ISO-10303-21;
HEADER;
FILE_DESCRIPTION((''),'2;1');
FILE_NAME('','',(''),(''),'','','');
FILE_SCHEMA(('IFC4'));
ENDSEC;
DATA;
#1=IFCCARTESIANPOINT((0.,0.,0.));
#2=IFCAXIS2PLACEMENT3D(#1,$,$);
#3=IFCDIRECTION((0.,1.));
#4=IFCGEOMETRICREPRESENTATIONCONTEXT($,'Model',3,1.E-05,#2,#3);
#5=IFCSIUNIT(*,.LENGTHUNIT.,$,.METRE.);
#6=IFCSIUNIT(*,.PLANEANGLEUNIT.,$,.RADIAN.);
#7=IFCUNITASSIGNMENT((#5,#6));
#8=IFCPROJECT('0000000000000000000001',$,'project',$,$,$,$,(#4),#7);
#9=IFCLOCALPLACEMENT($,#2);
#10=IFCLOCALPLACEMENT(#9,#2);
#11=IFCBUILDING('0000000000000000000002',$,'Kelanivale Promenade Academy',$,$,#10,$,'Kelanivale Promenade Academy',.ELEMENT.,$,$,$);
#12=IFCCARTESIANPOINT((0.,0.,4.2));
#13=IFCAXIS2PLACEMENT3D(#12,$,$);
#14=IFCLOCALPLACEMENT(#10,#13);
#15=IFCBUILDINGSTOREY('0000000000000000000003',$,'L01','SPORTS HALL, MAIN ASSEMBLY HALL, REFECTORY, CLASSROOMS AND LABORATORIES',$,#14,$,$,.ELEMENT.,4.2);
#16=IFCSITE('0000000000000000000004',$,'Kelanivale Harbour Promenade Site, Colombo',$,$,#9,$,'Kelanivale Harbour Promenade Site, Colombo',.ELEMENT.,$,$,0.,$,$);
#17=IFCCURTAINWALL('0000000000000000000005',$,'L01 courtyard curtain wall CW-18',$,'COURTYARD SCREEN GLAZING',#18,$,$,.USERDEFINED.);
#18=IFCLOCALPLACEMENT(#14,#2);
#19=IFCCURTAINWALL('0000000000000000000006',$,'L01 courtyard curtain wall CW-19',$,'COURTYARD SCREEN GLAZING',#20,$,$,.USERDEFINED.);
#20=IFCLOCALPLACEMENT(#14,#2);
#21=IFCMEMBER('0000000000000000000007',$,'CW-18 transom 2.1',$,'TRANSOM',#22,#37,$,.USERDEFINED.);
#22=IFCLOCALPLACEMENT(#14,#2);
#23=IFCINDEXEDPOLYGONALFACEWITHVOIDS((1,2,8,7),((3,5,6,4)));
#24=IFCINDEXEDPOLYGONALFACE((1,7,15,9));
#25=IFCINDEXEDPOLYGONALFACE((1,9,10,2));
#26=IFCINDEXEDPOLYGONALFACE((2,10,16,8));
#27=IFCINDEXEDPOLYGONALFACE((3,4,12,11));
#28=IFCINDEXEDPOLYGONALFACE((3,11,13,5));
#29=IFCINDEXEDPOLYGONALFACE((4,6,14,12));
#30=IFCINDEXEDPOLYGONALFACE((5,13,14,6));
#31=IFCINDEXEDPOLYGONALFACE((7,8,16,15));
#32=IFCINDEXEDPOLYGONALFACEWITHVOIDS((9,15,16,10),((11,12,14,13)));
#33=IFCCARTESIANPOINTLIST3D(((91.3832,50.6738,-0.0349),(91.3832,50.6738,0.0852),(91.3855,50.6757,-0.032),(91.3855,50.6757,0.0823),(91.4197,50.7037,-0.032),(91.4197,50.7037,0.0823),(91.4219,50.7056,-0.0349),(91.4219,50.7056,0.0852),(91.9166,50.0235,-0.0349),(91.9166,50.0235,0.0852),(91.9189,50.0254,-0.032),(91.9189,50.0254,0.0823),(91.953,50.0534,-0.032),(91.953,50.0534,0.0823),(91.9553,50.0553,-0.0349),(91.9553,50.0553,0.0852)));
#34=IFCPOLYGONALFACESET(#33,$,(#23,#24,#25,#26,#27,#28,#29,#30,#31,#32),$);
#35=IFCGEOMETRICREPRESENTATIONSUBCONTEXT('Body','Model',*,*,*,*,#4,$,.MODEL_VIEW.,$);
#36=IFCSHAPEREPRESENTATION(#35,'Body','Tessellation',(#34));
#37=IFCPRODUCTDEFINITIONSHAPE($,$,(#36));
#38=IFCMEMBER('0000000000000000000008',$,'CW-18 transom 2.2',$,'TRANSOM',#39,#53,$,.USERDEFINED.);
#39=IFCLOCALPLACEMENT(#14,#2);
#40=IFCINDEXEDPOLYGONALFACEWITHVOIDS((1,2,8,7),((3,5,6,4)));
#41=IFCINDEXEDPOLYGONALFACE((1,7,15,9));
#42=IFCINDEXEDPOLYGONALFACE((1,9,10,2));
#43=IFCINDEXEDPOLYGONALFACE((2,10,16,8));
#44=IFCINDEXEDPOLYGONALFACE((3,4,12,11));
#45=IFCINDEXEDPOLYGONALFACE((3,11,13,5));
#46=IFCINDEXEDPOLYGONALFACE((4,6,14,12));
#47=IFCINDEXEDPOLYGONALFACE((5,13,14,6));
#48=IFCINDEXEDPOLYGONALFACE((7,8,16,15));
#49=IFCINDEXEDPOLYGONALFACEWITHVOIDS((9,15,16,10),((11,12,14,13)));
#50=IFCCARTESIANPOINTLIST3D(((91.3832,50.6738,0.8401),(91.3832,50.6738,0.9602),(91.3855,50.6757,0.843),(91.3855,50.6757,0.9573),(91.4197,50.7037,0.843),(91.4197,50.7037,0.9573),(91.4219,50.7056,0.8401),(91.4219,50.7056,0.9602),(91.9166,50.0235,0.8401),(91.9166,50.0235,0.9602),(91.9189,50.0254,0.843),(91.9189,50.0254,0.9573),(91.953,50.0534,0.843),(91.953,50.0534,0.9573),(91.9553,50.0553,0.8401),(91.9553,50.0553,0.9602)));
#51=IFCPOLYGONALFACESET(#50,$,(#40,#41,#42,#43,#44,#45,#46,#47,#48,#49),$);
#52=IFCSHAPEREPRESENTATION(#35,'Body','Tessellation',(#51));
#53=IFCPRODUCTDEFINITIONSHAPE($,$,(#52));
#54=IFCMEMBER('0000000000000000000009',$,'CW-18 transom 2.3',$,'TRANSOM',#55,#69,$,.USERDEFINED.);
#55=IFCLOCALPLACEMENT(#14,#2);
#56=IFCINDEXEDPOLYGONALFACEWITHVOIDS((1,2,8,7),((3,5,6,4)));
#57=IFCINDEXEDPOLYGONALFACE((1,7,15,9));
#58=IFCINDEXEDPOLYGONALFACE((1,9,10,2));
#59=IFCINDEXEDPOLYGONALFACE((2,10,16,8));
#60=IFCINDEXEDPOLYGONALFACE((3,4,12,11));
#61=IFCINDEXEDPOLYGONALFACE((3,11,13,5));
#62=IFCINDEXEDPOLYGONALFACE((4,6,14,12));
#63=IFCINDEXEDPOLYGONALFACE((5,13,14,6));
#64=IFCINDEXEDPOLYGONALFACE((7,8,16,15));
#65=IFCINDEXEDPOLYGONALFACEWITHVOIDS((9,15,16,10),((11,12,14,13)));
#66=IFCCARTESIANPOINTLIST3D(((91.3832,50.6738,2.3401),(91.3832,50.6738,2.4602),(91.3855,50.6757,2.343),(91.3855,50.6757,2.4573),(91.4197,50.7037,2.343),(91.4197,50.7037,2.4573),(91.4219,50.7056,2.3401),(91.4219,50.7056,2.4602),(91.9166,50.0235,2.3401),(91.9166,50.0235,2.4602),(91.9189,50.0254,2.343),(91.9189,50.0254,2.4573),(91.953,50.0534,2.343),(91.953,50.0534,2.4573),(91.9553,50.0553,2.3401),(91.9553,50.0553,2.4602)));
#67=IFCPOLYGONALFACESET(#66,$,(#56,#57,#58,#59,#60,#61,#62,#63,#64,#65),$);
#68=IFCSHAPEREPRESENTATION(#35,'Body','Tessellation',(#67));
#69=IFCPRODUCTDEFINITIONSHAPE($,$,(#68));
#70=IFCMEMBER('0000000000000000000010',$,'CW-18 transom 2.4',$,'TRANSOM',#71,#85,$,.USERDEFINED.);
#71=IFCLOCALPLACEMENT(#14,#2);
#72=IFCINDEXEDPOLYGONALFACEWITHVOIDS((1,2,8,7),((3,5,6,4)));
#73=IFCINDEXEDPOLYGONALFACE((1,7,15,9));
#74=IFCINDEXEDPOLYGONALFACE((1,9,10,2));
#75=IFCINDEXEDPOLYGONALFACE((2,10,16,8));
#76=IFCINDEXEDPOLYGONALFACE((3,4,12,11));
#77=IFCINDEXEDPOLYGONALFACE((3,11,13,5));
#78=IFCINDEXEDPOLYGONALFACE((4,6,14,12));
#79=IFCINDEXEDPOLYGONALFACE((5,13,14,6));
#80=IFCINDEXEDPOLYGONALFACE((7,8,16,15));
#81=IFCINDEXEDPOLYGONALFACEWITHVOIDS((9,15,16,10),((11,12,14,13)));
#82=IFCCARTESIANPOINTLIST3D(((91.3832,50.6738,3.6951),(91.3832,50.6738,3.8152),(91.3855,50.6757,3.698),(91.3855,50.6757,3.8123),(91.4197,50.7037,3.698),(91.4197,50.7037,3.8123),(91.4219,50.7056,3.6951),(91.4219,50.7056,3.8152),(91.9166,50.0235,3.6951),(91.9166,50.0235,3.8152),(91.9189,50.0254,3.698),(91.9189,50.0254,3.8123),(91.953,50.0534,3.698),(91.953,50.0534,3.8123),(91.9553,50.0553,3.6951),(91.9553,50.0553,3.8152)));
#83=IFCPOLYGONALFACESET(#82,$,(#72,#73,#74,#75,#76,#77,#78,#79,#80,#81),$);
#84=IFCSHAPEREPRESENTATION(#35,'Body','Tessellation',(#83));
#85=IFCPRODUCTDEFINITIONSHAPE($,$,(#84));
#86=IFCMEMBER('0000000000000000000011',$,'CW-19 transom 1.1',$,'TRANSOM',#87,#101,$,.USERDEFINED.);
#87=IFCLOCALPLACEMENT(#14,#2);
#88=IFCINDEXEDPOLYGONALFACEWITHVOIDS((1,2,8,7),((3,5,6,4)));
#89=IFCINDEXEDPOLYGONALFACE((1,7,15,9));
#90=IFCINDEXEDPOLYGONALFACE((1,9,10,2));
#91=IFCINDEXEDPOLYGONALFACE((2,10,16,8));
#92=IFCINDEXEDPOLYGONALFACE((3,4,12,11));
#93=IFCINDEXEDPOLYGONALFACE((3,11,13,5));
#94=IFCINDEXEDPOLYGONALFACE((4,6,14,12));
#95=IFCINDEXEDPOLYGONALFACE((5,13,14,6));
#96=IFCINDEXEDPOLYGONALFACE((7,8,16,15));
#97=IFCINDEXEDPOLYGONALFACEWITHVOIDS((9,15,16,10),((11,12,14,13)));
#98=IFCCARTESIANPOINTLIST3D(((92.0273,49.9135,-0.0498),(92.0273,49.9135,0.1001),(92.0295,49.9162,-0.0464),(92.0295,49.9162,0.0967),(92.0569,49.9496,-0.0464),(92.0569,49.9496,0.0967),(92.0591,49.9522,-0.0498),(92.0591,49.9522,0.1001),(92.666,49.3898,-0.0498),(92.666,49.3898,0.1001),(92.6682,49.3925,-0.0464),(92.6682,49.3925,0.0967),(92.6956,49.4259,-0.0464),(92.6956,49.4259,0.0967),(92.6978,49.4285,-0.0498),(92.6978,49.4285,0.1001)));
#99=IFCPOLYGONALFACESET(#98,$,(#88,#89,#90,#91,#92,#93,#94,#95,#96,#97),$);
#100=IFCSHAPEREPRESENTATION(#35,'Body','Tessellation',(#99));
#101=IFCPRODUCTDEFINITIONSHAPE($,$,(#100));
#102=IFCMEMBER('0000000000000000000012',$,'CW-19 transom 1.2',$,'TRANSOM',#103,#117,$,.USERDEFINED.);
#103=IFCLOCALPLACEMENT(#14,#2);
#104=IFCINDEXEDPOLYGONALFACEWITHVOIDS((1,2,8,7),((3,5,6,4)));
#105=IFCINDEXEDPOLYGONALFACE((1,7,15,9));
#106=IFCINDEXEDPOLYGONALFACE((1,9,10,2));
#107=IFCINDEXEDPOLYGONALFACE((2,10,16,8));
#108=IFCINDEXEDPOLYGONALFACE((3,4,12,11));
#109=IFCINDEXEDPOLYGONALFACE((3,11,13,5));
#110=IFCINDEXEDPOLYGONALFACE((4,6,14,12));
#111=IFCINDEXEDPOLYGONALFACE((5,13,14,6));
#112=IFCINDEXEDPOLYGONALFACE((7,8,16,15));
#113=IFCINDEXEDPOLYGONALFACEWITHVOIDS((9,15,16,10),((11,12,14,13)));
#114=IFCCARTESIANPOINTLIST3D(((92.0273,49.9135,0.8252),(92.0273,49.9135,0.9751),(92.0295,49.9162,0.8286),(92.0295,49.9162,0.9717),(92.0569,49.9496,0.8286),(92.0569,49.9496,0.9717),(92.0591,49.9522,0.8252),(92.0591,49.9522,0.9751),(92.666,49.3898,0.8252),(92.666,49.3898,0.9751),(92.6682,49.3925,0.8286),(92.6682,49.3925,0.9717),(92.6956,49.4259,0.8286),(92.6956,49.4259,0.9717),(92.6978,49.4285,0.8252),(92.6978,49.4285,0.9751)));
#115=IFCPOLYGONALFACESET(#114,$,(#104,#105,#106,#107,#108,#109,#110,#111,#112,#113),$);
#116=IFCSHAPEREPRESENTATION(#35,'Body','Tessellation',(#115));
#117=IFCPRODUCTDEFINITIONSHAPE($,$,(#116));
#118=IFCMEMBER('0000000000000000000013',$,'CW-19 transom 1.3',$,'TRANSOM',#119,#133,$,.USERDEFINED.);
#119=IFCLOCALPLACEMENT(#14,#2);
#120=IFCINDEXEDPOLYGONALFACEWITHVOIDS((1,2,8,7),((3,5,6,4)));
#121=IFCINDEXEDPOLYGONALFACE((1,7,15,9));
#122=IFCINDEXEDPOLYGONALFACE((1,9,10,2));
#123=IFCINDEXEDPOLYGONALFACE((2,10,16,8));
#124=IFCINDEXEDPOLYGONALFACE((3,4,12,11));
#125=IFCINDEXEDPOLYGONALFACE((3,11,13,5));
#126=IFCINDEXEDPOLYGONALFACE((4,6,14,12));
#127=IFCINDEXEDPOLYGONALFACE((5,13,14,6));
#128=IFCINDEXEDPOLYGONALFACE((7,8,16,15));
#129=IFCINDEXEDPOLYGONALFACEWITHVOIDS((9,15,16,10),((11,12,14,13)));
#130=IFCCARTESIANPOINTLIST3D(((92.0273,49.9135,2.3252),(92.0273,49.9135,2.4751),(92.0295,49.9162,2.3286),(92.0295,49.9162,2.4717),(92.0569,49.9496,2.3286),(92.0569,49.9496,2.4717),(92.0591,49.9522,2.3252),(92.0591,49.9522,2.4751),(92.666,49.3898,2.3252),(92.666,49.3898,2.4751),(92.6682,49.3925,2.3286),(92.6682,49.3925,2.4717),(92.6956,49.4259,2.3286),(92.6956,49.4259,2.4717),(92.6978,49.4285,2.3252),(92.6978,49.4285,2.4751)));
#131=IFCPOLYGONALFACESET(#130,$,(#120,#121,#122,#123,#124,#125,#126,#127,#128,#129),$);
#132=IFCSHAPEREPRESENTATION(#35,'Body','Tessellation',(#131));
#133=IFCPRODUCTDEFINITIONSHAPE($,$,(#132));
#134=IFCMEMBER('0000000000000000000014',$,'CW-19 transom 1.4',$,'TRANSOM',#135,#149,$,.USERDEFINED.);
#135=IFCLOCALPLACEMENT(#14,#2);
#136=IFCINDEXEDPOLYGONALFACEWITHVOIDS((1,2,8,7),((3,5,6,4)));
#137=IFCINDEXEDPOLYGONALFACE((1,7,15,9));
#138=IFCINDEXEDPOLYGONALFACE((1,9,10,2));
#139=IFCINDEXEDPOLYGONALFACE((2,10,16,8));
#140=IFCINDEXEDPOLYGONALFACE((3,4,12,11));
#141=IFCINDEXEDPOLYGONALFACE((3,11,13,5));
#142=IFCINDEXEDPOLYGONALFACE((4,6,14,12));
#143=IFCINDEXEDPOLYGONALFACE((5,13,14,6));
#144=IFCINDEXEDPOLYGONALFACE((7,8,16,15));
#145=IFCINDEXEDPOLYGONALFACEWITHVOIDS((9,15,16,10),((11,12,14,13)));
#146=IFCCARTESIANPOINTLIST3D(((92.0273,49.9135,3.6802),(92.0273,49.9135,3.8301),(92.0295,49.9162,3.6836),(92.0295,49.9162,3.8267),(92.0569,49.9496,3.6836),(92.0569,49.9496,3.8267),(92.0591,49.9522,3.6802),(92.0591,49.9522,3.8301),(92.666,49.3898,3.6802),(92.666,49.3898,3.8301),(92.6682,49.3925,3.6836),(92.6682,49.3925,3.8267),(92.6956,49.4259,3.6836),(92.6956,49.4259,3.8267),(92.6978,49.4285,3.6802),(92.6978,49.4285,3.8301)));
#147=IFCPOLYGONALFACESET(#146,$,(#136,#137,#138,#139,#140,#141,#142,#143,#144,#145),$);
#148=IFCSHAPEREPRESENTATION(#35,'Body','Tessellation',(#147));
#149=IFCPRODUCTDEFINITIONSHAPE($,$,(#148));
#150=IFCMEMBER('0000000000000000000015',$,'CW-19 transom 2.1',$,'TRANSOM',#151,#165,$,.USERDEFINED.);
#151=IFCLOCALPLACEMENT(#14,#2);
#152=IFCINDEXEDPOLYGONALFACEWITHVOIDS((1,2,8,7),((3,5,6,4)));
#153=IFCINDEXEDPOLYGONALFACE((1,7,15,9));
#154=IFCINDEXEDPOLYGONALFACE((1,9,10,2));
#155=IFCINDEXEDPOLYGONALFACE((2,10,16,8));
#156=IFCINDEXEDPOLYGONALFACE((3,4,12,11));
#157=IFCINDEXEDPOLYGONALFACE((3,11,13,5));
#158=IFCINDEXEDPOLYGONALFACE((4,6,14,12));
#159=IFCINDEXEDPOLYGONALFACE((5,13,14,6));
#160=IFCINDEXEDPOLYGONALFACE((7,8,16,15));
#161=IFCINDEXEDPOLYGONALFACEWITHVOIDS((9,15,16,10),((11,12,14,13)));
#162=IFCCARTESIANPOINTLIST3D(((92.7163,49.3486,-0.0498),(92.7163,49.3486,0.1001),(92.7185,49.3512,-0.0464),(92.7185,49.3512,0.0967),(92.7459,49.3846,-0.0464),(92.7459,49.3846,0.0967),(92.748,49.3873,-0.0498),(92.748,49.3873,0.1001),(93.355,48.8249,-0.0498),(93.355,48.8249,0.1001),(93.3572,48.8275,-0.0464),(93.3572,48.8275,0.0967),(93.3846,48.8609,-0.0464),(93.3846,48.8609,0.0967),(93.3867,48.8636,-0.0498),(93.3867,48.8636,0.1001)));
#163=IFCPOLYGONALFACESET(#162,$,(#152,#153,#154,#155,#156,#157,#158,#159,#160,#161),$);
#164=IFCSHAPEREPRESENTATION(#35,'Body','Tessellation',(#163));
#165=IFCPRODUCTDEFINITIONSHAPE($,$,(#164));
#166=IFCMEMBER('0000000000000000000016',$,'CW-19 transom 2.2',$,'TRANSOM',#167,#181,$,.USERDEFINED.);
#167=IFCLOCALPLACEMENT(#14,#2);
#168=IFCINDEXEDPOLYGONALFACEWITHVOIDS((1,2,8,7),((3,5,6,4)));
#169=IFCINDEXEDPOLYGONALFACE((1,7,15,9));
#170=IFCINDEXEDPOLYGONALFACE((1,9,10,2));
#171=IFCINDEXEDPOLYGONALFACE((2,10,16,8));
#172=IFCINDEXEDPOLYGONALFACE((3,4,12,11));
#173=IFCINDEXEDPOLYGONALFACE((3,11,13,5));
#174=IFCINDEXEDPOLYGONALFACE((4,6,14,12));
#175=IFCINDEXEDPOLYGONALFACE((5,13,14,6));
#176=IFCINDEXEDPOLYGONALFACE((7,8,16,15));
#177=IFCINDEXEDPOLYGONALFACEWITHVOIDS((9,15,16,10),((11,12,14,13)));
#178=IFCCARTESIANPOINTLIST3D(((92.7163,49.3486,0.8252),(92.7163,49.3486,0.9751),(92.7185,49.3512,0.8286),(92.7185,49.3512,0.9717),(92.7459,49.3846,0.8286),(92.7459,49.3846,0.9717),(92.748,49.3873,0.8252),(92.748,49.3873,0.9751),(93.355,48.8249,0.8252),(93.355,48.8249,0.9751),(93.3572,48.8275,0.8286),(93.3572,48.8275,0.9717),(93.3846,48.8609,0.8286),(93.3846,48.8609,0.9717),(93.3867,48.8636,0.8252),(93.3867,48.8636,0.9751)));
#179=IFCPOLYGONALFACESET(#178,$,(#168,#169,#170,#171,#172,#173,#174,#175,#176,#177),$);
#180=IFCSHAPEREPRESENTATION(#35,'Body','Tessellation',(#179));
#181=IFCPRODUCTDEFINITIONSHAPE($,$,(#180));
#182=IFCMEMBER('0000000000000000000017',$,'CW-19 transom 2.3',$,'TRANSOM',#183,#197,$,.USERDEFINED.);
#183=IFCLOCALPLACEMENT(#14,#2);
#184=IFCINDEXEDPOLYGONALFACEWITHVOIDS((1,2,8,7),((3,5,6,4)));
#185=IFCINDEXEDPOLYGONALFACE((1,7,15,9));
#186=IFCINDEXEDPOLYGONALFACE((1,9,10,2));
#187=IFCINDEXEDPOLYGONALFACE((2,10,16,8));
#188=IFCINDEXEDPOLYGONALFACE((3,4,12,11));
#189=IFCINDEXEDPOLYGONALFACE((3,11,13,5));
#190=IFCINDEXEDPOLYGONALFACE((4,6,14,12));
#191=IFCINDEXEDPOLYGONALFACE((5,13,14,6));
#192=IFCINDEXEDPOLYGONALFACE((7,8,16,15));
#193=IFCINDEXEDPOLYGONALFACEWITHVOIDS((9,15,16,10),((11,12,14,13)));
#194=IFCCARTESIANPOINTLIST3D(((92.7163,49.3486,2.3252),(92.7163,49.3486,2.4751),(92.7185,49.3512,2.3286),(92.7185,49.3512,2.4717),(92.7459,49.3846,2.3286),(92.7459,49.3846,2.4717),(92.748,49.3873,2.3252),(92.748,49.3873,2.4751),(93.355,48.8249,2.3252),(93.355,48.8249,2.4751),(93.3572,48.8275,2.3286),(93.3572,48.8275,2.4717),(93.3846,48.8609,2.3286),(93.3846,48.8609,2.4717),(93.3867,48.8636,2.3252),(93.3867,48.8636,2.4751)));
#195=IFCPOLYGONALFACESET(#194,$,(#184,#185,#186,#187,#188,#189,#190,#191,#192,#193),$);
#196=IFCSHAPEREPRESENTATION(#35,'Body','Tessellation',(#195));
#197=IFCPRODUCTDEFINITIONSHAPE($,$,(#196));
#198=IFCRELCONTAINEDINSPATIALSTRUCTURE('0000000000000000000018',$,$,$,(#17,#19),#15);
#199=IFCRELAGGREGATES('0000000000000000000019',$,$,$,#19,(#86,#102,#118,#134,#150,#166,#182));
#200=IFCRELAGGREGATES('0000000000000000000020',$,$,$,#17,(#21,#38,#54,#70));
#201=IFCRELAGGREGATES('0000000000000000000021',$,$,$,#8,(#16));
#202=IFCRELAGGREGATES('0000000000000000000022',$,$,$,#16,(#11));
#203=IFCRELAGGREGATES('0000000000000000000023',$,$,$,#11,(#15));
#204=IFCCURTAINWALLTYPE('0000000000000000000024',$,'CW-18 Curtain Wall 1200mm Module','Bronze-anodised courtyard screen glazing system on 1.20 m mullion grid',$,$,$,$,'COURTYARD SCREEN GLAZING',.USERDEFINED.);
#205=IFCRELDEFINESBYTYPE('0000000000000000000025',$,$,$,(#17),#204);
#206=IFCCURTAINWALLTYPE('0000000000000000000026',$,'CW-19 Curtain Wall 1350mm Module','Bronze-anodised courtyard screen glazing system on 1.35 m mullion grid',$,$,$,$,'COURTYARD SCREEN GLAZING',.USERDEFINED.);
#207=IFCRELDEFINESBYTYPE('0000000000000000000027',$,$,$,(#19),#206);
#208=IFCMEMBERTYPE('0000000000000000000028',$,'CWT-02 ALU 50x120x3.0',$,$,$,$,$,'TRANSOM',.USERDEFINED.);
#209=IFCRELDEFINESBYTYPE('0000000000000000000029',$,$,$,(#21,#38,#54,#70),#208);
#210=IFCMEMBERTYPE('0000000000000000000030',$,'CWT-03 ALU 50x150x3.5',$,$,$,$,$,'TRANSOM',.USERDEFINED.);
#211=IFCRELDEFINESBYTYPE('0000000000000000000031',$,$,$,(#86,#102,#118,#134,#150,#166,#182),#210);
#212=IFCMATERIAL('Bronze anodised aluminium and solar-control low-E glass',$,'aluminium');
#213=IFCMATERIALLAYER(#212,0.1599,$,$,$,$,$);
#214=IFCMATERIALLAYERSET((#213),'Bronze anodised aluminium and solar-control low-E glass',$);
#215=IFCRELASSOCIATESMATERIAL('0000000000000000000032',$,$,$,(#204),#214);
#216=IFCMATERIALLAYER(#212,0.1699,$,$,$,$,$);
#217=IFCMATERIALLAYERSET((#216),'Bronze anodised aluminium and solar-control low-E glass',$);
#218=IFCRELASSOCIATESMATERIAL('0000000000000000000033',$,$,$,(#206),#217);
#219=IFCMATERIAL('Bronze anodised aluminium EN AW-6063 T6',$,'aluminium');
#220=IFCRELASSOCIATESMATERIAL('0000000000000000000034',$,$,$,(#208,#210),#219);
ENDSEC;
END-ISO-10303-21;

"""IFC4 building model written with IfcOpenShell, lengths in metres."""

from ifc_helpers import new_model, si_unit, direction, frame, origin, origin_2d, place, context, subcontext, project, spatial, hollow_rectangle, extrude, material, layer, layer_set, material_profile, profile_set, type_object, element, aggregate, save


model = new_model("IFC4")

# Units and contexts
model_context = context("Model", 3, precision=1e-05, world=origin(), true_north=direction((0.0, 1.0)))
body_context = subcontext(model_context, "Body", "Model", "MODEL_VIEW")
ifc_project = project(units=[si_unit("LENGTHUNIT", "METRE"), si_unit("PLANEANGLEUNIT", "RADIAN")], contexts=[model_context])

# Site, building, storey
site_placement = place(None, origin())
site = spatial("IfcSite", under=ifc_project, at=site_placement, Name="Kelanivale Harbour Promenade Site, Colombo", LongName="Kelanivale Harbour Promenade Site, Colombo", CompositionType="ELEMENT", RefElevation=0.0)
building_placement = place(site_placement, origin())
building = spatial("IfcBuilding", under=site, at=building_placement, Name="Kelanivale Promenade Academy", LongName="Kelanivale Promenade Academy", CompositionType="ELEMENT")
storey_placement = place(building_placement, frame((0.0, 0.0, 4.2)))
storey = spatial("IfcBuildingStorey", under=building, at=storey_placement, Name="L01", Description="SPORTS HALL, MAIN ASSEMBLY HALL, REFECTORY, CLASSROOMS AND LABORATORIES", CompositionType="ELEMENT", Elevation=4.2)

# Shared definitions
ifc_material_1 = material(Name="Bronze anodised aluminium and solar-control low-E glass", Category="aluminium")
ifc_material_2 = material(Name="Bronze anodised aluminium EN AW-6063 T6", Category="aluminium")

# Curtain walls
ifc_layer_1 = layer(ifc_material_1, 0.1599)
ifc_layer_set_1 = layer_set([ifc_layer_1], Name="Bronze anodised aluminium and solar-control low-E glass")
curtain_wall_type_1 = type_object("IfcCurtainWallType", Name="CW-18 Curtain Wall 1200mm Module", Description="Bronze-anodised courtyard screen glazing system on 1.20 m mullion grid", ElementType="COURTYARD SCREEN GLAZING", PredefinedType="USERDEFINED", material=ifc_layer_set_1)
curtain_wall_1_placement = place(storey_placement, origin())
curtain_wall_1 = element("IfcCurtainWall", 1, at=curtain_wall_1_placement, inside=storey, type_object=curtain_wall_type_1, Name="L01 courtyard curtain wall CW-18", ObjectType="COURTYARD SCREEN GLAZING", PredefinedType="USERDEFINED")
ifc_layer_2 = layer(ifc_material_1, 0.1699)
ifc_layer_set_2 = layer_set([ifc_layer_2], Name="Bronze anodised aluminium and solar-control low-E glass")
curtain_wall_type_2 = type_object("IfcCurtainWallType", Name="CW-19 Curtain Wall 1350mm Module", Description="Bronze-anodised courtyard screen glazing system on 1.35 m mullion grid", ElementType="COURTYARD SCREEN GLAZING", PredefinedType="USERDEFINED", material=ifc_layer_set_2)
curtain_wall_2_placement = place(storey_placement, origin())
curtain_wall_2 = element("IfcCurtainWall", 2, at=curtain_wall_2_placement, inside=storey, type_object=curtain_wall_type_2, Name="L01 courtyard curtain wall CW-19", ObjectType="COURTYARD SCREEN GLAZING", PredefinedType="USERDEFINED")

# Members
ifc_material_profile_1 = material_profile(ifc_material_2, hollow_rectangle(XDim=0.05, YDim=0.1201, WallThickness=0.0029, at=origin_2d()), Name="ALU 50x120x3.0")
ifc_profile_set_1 = profile_set([ifc_material_profile_1], Name="Bronze anodised aluminium EN AW-6063 T6")
member_type_1 = type_object("IfcMemberType", Name="CWT-02 ALU 50x120x3.0", ElementType="TRANSOM", PredefinedType="USERDEFINED", material=ifc_profile_set_1)
member_1_placement = place(storey_placement, frame((91.4026, 50.6897, 0.0251), z_axis=(0.63417, -0.773194, 0.0), x_axis=(0.773194, 0.63417, 0.0)))
member_1 = element("IfcMember", 3, at=member_1_placement, type_object=member_type_1, Name="CW-18 transom 2.1", ObjectType="TRANSOM", PredefinedType="USERDEFINED", context=body_context, shape_type="SweptSolid", body=[
    extrude(hollow_rectangle(XDim=0.05, YDim=0.1201, WallThickness=0.0029, at=origin_2d()), origin(), (0.0, 0.0, 1.0), 0.8411),
])
member_2_placement = place(storey_placement, frame((91.4026, 50.6897, 0.9001), z_axis=(0.63417, -0.773194, 0.0), x_axis=(0.773194, 0.63417, 0.0)))
member_2 = element("IfcMember", 4, at=member_2_placement, type_object=member_type_1, Name="CW-18 transom 2.2", ObjectType="TRANSOM", PredefinedType="USERDEFINED", context=body_context, shape_type="SweptSolid", body=[
    extrude(hollow_rectangle(XDim=0.05, YDim=0.1201, WallThickness=0.0029, at=origin_2d()), origin(), (0.0, 0.0, 1.0), 0.8411),
])
member_3_placement = place(storey_placement, frame((91.4026, 50.6897, 2.4001), z_axis=(0.63417, -0.773194, 0.0), x_axis=(0.773194, 0.63417, 0.0)))
member_3 = element("IfcMember", 5, at=member_3_placement, type_object=member_type_1, Name="CW-18 transom 2.3", ObjectType="TRANSOM", PredefinedType="USERDEFINED", context=body_context, shape_type="SweptSolid", body=[
    extrude(hollow_rectangle(XDim=0.05, YDim=0.1201, WallThickness=0.0029, at=origin_2d()), origin(), (0.0, 0.0, 1.0), 0.8411),
])
member_4_placement = place(storey_placement, frame((91.4026, 50.6897, 3.7551), z_axis=(0.63417, -0.773194, 0.0), x_axis=(0.773194, 0.63417, 0.0)))
member_4 = element("IfcMember", 6, at=member_4_placement, type_object=member_type_1, Name="CW-18 transom 2.4", ObjectType="TRANSOM", PredefinedType="USERDEFINED", context=body_context, shape_type="SweptSolid", body=[
    extrude(hollow_rectangle(XDim=0.05, YDim=0.1201, WallThickness=0.0029, at=origin_2d()), origin(), (0.0, 0.0, 1.0), 0.8411),
])
ifc_material_profile_2 = material_profile(ifc_material_2, hollow_rectangle(XDim=0.05, YDim=0.1499, WallThickness=0.0034, at=origin_2d()), Name="ALU 50x150x3.5")
ifc_profile_set_2 = profile_set([ifc_material_profile_2], Name="Bronze anodised aluminium EN AW-6063 T6")
member_type_2 = type_object("IfcMemberType", Name="CWT-03 ALU 50x150x3.5", ElementType="TRANSOM", PredefinedType="USERDEFINED", material=ifc_profile_set_2)
member_5_placement = place(storey_placement, frame((92.0432, 49.9329, 0.0251), z_axis=(0.773285, -0.634058, 0.0), x_axis=(0.634058, 0.773285, 0.0)))
member_5 = element("IfcMember", 7, at=member_5_placement, type_object=member_type_2, Name="CW-19 transom 1.1", ObjectType="TRANSOM", PredefinedType="USERDEFINED", context=body_context, shape_type="SweptSolid", body=[
    extrude(hollow_rectangle(XDim=0.05, YDim=0.1499, WallThickness=0.0034, at=origin_2d()), origin(), (0.0, 0.0, 1.0), 0.8259),
])
member_6_placement = place(storey_placement, frame((92.0432, 49.9329, 0.9001), z_axis=(0.773285, -0.634058, 0.0), x_axis=(0.634058, 0.773285, 0.0)))
member_6 = element("IfcMember", 8, at=member_6_placement, type_object=member_type_2, Name="CW-19 transom 1.2", ObjectType="TRANSOM", PredefinedType="USERDEFINED", context=body_context, shape_type="SweptSolid", body=[
    extrude(hollow_rectangle(XDim=0.05, YDim=0.1499, WallThickness=0.0034, at=origin_2d()), origin(), (0.0, 0.0, 1.0), 0.8259),
])
member_7_placement = place(storey_placement, frame((92.0432, 49.9329, 2.4001), z_axis=(0.773285, -0.634058, 0.0), x_axis=(0.634058, 0.773285, 0.0)))
member_7 = element("IfcMember", 9, at=member_7_placement, type_object=member_type_2, Name="CW-19 transom 1.3", ObjectType="TRANSOM", PredefinedType="USERDEFINED", context=body_context, shape_type="SweptSolid", body=[
    extrude(hollow_rectangle(XDim=0.05, YDim=0.1499, WallThickness=0.0034, at=origin_2d()), origin(), (0.0, 0.0, 1.0), 0.8259),
])
member_8_placement = place(storey_placement, frame((92.0432, 49.9329, 3.7551), z_axis=(0.773285, -0.634058, 0.0), x_axis=(0.634058, 0.773285, 0.0)))
member_8 = element("IfcMember", 10, at=member_8_placement, type_object=member_type_2, Name="CW-19 transom 1.4", ObjectType="TRANSOM", PredefinedType="USERDEFINED", context=body_context, shape_type="SweptSolid", body=[
    extrude(hollow_rectangle(XDim=0.05, YDim=0.1499, WallThickness=0.0034, at=origin_2d()), origin(), (0.0, 0.0, 1.0), 0.8259),
])
member_9_placement = place(storey_placement, frame((92.7322, 49.3679, 0.0251), z_axis=(0.773285, -0.634058, 0.0), x_axis=(0.634058, 0.773285, 0.0)))
member_9 = element("IfcMember", 11, at=member_9_placement, type_object=member_type_2, Name="CW-19 transom 2.1", ObjectType="TRANSOM", PredefinedType="USERDEFINED", context=body_context, shape_type="SweptSolid", body=[
    extrude(hollow_rectangle(XDim=0.05, YDim=0.1499, WallThickness=0.0034, at=origin_2d()), origin(), (0.0, 0.0, 1.0), 0.8259),
])
member_10_placement = place(storey_placement, frame((92.7322, 49.3679, 0.9001), z_axis=(0.773285, -0.634058, 0.0), x_axis=(0.634058, 0.773285, 0.0)))
member_10 = element("IfcMember", 12, at=member_10_placement, type_object=member_type_2, Name="CW-19 transom 2.2", ObjectType="TRANSOM", PredefinedType="USERDEFINED", context=body_context, shape_type="SweptSolid", body=[
    extrude(hollow_rectangle(XDim=0.05, YDim=0.1499, WallThickness=0.0034, at=origin_2d()), origin(), (0.0, 0.0, 1.0), 0.8259),
])
member_11_placement = place(storey_placement, frame((92.7322, 49.3679, 2.4001), z_axis=(0.773285, -0.634058, 0.0), x_axis=(0.634058, 0.773285, 0.0)))
member_11 = element("IfcMember", 13, at=member_11_placement, type_object=member_type_2, Name="CW-19 transom 2.3", ObjectType="TRANSOM", PredefinedType="USERDEFINED", context=body_context, shape_type="SweptSolid", body=[
    extrude(hollow_rectangle(XDim=0.05, YDim=0.1499, WallThickness=0.0034, at=origin_2d()), origin(), (0.0, 0.0, 1.0), 0.8259),
])

aggregate(curtain_wall_2, [member_5, member_6, member_7, member_8, member_9, member_10, member_11])
aggregate(curtain_wall_1, [member_1, member_2, member_3, member_4])

save(model, "model.ifc")
